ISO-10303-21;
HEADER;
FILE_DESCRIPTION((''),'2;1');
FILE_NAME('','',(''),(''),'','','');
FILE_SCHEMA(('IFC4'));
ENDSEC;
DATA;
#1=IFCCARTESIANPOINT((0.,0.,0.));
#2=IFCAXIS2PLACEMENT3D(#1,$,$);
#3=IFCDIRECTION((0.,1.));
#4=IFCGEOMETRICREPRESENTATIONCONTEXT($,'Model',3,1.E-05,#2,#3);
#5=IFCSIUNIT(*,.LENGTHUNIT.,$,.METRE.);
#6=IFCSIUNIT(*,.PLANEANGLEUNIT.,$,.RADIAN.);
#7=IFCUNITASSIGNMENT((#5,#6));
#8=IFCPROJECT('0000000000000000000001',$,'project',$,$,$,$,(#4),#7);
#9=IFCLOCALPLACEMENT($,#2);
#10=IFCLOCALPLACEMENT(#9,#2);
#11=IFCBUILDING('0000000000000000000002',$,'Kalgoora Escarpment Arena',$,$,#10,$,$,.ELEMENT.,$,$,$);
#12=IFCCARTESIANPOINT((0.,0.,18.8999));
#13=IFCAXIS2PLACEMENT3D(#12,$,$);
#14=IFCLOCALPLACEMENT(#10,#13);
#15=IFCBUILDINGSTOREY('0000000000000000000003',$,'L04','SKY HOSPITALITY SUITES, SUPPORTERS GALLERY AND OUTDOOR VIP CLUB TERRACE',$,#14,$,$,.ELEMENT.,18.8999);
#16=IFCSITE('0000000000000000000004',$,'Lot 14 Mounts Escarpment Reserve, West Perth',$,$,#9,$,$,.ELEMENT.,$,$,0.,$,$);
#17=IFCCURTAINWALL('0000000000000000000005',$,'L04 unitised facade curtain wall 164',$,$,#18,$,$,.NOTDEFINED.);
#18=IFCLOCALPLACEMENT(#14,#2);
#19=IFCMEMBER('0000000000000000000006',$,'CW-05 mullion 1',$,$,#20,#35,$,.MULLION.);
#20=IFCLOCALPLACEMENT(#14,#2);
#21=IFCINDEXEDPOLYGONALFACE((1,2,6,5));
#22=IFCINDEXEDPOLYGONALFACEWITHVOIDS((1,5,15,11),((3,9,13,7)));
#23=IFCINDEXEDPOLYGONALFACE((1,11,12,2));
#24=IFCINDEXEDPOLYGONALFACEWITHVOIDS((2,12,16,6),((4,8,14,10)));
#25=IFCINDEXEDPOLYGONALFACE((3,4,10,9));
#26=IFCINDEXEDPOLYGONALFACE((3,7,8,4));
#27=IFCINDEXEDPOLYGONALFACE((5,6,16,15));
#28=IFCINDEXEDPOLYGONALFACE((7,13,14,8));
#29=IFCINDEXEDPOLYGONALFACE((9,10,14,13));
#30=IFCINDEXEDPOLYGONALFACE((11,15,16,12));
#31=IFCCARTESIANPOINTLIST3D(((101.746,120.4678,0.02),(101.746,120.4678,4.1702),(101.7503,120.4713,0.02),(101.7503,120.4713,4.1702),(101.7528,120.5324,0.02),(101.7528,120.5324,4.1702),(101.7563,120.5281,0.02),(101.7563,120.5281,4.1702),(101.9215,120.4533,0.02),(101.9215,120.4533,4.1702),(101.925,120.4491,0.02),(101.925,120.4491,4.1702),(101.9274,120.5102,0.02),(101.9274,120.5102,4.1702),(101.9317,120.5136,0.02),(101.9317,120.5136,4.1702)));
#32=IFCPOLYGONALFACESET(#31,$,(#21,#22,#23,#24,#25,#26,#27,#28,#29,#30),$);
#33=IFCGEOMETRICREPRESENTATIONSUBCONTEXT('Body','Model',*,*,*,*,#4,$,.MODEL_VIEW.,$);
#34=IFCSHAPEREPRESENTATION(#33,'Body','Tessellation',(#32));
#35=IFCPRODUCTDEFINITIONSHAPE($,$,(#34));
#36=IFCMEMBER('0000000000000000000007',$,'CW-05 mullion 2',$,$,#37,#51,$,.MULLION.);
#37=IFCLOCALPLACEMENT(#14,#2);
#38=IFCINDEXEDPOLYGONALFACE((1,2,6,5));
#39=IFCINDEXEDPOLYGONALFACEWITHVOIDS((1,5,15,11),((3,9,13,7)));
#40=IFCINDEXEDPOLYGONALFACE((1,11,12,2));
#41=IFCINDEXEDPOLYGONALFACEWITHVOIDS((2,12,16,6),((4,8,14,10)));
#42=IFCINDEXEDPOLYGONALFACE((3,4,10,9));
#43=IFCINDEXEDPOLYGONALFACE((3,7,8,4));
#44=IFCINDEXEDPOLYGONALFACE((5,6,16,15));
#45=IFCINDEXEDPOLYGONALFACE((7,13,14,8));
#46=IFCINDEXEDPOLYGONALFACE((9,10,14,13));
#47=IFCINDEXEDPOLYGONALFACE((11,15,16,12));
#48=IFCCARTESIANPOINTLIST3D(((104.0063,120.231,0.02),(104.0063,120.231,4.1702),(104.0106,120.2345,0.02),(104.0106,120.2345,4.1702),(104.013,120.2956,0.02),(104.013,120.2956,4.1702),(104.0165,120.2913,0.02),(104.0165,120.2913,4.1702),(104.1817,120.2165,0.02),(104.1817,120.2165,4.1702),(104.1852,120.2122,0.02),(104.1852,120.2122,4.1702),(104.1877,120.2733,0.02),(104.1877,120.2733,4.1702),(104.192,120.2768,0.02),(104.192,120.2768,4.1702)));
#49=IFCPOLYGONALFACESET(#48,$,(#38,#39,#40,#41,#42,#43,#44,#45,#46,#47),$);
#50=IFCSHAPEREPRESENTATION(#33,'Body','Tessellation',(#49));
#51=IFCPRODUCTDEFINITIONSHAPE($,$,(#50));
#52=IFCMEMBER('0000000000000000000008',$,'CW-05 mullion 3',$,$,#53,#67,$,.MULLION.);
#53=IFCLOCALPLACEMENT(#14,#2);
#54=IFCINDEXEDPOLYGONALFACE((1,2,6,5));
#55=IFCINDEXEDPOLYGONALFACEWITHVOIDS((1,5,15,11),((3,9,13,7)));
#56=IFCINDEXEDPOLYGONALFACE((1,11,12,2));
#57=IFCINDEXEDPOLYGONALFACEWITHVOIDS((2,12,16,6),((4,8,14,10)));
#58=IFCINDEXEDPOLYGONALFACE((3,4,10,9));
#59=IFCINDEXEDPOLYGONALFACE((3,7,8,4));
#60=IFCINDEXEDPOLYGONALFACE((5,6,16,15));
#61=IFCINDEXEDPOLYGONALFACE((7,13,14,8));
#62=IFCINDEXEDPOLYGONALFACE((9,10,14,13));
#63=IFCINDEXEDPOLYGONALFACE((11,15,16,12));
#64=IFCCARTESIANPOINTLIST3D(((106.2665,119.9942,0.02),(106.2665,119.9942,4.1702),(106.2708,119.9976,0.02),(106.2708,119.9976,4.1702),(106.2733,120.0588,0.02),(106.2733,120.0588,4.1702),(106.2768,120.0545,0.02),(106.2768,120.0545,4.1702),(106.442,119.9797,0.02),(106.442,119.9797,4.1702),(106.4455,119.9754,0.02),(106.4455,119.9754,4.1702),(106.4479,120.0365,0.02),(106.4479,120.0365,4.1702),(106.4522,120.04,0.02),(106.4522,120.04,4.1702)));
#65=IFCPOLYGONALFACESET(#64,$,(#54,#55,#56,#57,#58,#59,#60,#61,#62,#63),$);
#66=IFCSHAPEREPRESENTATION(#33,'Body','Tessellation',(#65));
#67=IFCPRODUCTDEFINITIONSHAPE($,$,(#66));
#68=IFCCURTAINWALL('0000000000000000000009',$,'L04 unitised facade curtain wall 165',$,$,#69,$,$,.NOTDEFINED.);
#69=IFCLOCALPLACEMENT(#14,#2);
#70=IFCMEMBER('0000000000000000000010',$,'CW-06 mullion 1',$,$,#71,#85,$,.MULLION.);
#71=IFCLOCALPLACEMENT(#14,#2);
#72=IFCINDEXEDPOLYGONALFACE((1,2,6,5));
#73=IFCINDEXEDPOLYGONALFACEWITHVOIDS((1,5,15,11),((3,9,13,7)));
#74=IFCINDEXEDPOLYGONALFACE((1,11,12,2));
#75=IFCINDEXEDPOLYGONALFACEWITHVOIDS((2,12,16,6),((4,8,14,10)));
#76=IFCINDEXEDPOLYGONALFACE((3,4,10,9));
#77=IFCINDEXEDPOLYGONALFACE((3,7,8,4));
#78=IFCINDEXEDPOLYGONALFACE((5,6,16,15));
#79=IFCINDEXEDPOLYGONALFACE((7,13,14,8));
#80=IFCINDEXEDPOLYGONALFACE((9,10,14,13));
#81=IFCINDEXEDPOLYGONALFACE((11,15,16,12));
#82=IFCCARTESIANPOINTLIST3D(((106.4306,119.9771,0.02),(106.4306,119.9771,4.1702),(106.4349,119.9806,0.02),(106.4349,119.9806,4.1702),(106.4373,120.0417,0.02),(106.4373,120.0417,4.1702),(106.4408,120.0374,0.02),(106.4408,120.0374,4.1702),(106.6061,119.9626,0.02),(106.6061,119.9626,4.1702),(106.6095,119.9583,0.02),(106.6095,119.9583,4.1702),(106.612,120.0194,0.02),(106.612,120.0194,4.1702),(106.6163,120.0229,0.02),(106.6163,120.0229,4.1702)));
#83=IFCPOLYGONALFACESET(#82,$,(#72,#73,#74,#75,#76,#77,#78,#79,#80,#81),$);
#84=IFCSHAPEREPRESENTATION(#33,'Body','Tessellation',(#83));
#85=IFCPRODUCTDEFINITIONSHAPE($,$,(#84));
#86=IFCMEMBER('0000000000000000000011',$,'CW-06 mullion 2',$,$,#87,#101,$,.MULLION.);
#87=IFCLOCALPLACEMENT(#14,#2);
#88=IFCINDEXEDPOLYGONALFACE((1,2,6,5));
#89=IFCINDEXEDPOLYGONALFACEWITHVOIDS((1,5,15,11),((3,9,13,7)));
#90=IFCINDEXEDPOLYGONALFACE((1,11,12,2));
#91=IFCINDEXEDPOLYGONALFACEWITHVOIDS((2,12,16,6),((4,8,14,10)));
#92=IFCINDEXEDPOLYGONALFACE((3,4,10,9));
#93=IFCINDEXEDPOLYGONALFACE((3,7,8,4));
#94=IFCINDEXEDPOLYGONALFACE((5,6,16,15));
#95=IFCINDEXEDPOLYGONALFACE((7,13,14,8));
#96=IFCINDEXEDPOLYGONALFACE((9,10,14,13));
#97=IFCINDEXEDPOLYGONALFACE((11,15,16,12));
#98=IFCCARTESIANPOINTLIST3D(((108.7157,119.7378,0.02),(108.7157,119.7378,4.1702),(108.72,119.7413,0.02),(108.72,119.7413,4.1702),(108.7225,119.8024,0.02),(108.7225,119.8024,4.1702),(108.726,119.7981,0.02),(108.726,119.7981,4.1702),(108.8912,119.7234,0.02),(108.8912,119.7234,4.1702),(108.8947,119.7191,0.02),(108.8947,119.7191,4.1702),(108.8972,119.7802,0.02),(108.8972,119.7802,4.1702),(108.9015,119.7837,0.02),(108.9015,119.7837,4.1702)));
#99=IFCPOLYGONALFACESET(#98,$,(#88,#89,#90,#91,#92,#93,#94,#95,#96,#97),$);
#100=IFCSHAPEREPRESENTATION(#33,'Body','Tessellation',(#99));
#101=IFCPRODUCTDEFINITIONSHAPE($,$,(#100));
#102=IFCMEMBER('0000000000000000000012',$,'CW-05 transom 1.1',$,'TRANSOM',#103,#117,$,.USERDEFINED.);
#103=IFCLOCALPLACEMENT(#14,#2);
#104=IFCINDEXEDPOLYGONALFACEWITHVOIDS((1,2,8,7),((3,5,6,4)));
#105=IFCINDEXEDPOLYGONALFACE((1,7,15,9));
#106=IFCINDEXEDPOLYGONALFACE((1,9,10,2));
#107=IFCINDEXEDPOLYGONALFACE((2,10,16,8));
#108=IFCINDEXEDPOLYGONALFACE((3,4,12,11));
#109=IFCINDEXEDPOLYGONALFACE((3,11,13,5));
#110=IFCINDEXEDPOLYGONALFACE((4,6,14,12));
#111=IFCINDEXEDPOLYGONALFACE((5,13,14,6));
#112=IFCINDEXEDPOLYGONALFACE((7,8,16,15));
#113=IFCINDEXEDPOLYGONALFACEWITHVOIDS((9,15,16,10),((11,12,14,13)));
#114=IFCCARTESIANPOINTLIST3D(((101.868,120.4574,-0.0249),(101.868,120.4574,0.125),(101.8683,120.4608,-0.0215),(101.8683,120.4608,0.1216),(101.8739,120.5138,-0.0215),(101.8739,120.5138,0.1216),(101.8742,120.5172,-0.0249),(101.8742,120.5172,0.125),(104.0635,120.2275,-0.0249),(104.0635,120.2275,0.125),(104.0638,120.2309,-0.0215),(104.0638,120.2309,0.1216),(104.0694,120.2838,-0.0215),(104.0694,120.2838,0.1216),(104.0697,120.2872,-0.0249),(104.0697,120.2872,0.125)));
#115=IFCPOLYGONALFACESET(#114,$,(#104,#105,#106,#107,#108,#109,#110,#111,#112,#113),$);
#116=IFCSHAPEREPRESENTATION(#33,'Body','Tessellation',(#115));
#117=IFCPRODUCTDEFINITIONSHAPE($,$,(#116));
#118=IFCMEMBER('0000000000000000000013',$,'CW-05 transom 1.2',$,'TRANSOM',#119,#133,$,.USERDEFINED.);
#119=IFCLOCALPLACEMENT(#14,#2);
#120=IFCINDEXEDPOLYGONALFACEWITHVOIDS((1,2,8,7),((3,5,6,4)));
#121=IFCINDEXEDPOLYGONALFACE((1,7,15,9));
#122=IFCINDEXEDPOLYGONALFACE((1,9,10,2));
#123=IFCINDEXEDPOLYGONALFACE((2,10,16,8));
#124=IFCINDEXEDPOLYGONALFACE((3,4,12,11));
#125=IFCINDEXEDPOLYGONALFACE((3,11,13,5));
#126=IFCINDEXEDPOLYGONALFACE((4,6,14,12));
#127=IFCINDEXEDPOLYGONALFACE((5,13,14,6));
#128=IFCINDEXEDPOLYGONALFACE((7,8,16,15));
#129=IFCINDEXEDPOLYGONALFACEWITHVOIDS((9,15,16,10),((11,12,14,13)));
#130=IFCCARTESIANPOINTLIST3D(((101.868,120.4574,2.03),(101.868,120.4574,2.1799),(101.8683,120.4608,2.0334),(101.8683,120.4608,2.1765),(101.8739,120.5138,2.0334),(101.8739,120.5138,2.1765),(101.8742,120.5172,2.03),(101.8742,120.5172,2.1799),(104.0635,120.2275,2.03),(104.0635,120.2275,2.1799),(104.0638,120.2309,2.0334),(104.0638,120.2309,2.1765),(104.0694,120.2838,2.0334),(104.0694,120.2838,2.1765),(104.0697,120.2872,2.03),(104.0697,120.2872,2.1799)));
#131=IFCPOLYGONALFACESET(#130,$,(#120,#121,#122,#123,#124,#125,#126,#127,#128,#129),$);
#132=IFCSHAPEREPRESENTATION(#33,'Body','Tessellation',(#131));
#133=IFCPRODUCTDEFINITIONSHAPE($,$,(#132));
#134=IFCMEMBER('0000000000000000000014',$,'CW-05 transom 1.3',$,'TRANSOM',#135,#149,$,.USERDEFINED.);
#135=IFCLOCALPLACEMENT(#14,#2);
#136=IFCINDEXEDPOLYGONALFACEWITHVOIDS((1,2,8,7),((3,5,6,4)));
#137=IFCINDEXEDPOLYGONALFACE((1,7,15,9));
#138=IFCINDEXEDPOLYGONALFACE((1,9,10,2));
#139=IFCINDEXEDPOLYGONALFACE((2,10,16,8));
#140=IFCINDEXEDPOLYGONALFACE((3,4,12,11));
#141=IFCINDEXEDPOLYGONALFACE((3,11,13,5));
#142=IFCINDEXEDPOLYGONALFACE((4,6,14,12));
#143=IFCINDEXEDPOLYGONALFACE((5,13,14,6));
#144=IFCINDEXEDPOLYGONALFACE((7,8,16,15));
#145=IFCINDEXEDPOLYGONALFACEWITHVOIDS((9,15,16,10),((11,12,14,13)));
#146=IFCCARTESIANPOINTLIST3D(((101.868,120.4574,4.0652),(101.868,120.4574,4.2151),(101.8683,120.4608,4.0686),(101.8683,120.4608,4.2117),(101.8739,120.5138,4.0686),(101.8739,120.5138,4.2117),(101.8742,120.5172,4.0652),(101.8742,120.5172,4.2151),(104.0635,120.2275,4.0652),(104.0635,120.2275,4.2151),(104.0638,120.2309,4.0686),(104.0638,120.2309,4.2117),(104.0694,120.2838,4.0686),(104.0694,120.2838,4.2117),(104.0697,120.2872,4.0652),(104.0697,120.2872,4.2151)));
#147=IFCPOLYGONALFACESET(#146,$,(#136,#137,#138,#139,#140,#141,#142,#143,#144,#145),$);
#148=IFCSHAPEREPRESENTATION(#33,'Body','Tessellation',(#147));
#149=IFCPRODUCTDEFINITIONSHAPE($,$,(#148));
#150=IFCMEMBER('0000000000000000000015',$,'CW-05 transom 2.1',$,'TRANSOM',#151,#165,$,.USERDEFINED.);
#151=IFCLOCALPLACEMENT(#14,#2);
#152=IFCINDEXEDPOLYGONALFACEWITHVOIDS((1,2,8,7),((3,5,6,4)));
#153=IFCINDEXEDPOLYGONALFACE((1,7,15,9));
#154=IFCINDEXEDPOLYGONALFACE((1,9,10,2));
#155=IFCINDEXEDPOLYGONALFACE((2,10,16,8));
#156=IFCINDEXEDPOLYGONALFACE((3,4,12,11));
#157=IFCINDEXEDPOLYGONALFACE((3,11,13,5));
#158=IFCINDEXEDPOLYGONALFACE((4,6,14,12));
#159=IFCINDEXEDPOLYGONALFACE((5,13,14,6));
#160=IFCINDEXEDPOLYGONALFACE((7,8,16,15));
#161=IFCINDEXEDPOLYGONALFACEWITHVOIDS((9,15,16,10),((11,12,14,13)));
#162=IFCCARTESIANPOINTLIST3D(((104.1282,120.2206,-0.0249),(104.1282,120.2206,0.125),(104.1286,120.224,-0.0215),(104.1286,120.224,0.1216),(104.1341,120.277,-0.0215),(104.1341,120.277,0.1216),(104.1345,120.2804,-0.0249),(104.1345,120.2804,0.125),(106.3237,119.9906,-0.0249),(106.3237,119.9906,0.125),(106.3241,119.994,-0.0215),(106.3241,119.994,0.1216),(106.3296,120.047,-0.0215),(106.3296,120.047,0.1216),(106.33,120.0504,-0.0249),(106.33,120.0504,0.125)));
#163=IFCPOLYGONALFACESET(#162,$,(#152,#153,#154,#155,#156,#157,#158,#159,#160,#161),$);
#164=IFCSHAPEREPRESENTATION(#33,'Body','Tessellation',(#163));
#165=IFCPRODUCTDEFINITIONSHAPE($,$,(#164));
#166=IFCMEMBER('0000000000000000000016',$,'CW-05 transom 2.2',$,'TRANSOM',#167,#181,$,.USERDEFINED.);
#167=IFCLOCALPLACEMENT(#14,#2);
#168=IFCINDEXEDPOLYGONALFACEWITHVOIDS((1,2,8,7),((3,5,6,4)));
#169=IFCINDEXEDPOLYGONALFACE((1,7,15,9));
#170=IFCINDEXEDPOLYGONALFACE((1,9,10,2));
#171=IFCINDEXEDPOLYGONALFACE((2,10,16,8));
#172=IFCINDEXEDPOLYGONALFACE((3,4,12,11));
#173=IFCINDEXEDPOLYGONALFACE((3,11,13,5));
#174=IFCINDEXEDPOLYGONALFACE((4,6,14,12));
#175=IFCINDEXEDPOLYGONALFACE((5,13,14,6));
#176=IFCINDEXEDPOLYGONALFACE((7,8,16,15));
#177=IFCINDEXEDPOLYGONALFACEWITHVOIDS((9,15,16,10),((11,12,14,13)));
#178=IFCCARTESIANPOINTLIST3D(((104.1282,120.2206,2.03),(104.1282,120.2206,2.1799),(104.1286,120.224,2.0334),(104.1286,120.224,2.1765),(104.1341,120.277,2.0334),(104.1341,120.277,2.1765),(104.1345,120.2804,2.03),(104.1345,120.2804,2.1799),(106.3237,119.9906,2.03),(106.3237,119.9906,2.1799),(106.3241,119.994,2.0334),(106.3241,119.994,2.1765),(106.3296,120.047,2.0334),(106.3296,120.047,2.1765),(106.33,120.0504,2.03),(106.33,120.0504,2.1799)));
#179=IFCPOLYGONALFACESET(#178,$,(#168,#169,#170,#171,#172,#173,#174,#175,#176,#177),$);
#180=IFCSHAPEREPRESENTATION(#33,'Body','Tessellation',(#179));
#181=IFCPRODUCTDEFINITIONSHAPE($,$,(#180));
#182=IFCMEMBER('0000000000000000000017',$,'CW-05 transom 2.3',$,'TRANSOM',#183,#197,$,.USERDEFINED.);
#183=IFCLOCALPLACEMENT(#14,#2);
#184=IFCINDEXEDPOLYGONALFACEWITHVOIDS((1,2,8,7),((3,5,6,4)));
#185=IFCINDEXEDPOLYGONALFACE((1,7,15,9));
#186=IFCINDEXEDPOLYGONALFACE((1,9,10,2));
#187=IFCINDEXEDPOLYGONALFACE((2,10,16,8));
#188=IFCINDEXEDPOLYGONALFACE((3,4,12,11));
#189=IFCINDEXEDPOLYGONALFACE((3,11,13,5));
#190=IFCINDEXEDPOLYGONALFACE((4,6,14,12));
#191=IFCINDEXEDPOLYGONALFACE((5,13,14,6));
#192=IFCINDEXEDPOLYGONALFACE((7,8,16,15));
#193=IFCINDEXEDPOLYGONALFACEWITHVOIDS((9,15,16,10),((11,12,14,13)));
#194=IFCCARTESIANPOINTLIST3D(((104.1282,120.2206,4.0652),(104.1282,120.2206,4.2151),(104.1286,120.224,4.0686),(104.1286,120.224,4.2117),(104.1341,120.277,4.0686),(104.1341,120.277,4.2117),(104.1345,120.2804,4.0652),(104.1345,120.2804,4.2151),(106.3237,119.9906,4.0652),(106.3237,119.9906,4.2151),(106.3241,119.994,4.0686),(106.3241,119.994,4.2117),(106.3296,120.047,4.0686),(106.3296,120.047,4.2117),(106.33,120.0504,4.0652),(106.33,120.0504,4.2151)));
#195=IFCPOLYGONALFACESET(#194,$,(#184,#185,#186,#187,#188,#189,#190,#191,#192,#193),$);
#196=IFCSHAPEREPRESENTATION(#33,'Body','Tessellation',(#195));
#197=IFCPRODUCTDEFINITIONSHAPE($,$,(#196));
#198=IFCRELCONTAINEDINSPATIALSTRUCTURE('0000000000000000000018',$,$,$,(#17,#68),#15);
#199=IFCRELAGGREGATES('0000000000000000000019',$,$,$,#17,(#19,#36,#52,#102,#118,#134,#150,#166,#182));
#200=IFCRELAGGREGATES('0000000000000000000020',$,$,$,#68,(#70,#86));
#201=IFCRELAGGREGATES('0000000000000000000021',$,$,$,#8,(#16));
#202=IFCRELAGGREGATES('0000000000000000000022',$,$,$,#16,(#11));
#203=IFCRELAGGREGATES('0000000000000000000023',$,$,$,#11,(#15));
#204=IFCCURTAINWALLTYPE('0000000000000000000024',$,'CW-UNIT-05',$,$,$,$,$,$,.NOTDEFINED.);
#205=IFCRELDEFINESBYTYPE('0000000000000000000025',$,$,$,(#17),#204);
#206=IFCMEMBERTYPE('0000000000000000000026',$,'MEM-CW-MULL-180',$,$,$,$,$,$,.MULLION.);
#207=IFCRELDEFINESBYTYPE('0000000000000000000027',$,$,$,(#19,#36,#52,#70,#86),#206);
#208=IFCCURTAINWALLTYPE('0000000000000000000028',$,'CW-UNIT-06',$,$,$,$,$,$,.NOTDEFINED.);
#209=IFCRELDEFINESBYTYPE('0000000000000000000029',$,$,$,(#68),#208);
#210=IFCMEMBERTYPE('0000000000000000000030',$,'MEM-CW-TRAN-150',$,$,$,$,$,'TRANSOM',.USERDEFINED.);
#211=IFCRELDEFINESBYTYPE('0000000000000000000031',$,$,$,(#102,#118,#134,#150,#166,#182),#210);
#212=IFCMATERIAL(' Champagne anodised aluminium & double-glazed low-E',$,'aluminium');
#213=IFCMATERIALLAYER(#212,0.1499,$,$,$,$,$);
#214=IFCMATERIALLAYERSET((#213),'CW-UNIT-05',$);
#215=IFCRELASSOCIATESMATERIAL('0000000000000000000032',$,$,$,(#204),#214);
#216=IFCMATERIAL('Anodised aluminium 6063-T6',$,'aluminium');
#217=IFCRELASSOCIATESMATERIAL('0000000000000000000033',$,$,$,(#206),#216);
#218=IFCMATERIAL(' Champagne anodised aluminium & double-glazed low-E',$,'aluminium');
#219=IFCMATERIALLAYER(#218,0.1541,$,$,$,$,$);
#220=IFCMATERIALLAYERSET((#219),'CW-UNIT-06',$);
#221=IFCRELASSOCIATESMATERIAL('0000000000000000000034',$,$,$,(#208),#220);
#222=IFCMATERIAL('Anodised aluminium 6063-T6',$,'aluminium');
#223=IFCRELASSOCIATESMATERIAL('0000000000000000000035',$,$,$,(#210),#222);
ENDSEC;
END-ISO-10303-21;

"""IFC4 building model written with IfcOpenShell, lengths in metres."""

from ifc_helpers import new_model, si_unit, direction, frame, origin, origin_2d, place, context, subcontext, project, spatial, hollow_rectangle, extrude, material, layer, layer_set, material_profile, profile_set, type_object, element, aggregate, save


model = new_model("IFC4")

# Units and contexts
model_context = context("Model", 3, precision=1e-05, world=origin(), true_north=direction((0.0, 1.0)))
body_context = subcontext(model_context, "Body", "Model", "MODEL_VIEW")
ifc_project = project(units=[si_unit("LENGTHUNIT", "METRE"), si_unit("PLANEANGLEUNIT", "RADIAN")], contexts=[model_context])

# Site, building, storey
site_placement = place(None, origin())
site = spatial("IfcSite", under=ifc_project, at=site_placement, Name="Lot 14 Mounts Escarpment Reserve, West Perth", CompositionType="ELEMENT", RefElevation=0.0)
building_placement = place(site_placement, origin())
building = spatial("IfcBuilding", under=site, at=building_placement, Name="Kalgoora Escarpment Arena", CompositionType="ELEMENT")
storey_placement = place(building_placement, frame((0.0, 0.0, 18.8999)))
storey = spatial("IfcBuildingStorey", under=building, at=storey_placement, Name="L04", Description="SKY HOSPITALITY SUITES, SUPPORTERS GALLERY AND OUTDOOR VIP CLUB TERRACE", CompositionType="ELEMENT", Elevation=18.8999)

# Curtain walls, members
ifc_material_1 = material(Name=" Champagne anodised aluminium & double-glazed low-E", Category="aluminium")
ifc_layer_1 = layer(ifc_material_1, 0.1499)
ifc_layer_set_1 = layer_set([ifc_layer_1], Name="CW-UNIT-05")
curtain_wall_type_1 = type_object("IfcCurtainWallType", Name="CW-UNIT-05", PredefinedType="NOTDEFINED", material=ifc_layer_set_1)
curtain_wall_1_placement = place(storey_placement, origin())
curtain_wall_1 = element("IfcCurtainWall", 1, at=curtain_wall_1_placement, inside=storey, type_object=curtain_wall_type_1, Name="L04 unitised facade curtain wall 164", PredefinedType="NOTDEFINED")
ifc_material_2 = material(Name="Anodised aluminium 6063-T6", Category="aluminium")
ifc_material_profile_1 = material_profile(ifc_material_2, hollow_rectangle(XDim=0.0649, YDim=0.1799, WallThickness=0.0039, at=origin_2d()))
ifc_profile_set_1 = profile_set([ifc_material_profile_1], Name="Anodised aluminium 6063-T6")
member_type_1 = type_object("IfcMemberType", Name="MEM-CW-MULL-180", PredefinedType="MULLION", material=ifc_profile_set_1)
member_1_placement = place(storey_placement, frame((101.8389, 120.4907, 0.02), z_axis=(0.0, 0.0, 1.0), x_axis=(0.104182, 0.994558, 0.0)))
member_1 = element("IfcMember", 2, at=member_1_placement, type_object=member_type_1, Name="CW-05 mullion 1", PredefinedType="MULLION", context=body_context, shape_type="SweptSolid", body=[
    extrude(hollow_rectangle(XDim=0.0649, YDim=0.1799, WallThickness=0.0039, at=origin_2d()), origin(), (0.0, 0.0, 1.0), 4.1501),
])
member_2_placement = place(storey_placement, frame((104.0991, 120.2539, 0.02), z_axis=(0.0, 0.0, 1.0), x_axis=(0.104182, 0.994558, 0.0)))
member_2 = element("IfcMember", 3, at=member_2_placement, type_object=member_type_1, Name="CW-05 mullion 2", PredefinedType="MULLION", context=body_context, shape_type="SweptSolid", body=[
    extrude(hollow_rectangle(XDim=0.0649, YDim=0.1799, WallThickness=0.0039, at=origin_2d()), origin(), (0.0, 0.0, 1.0), 4.1501),
])
member_3_placement = place(storey_placement, frame((106.3594, 120.0171, 0.02), z_axis=(0.0, 0.0, 1.0), x_axis=(0.104182, 0.994558, 0.0)))
member_3 = element("IfcMember", 4, at=member_3_placement, type_object=member_type_1, Name="CW-05 mullion 3", PredefinedType="MULLION", context=body_context, shape_type="SweptSolid", body=[
    extrude(hollow_rectangle(XDim=0.0649, YDim=0.1799, WallThickness=0.0039, at=origin_2d()), origin(), (0.0, 0.0, 1.0), 4.1501),
])
ifc_material_3 = material(Name=" Champagne anodised aluminium & double-glazed low-E", Category="aluminium")
ifc_layer_2 = layer(ifc_material_3, 0.1541)
ifc_layer_set_2 = layer_set([ifc_layer_2], Name="CW-UNIT-06")
curtain_wall_type_2 = type_object("IfcCurtainWallType", Name="CW-UNIT-06", PredefinedType="NOTDEFINED", material=ifc_layer_set_2)
curtain_wall_2_placement = place(storey_placement, origin())
curtain_wall_2 = element("IfcCurtainWall", 5, at=curtain_wall_2_placement, inside=storey, type_object=curtain_wall_type_2, Name="L04 unitised facade curtain wall 165", PredefinedType="NOTDEFINED")
member_4_placement = place(storey_placement, frame((106.5234, 120.0, 0.02), z_axis=(0.0, 0.0, 1.0), x_axis=(0.104158, 0.994561, 0.0)))
member_4 = element("IfcMember", 6, at=member_4_placement, type_object=member_type_1, Name="CW-06 mullion 1", PredefinedType="MULLION", context=body_context, shape_type="SweptSolid", body=[
    extrude(hollow_rectangle(XDim=0.0649, YDim=0.1799, WallThickness=0.0039, at=origin_2d()), origin(), (0.0, 0.0, 1.0), 4.1501),
])
member_5_placement = place(storey_placement, frame((108.8086, 119.7607, 0.02), z_axis=(0.0, 0.0, 1.0), x_axis=(0.104158, 0.994561, 0.0)))
member_5 = element("IfcMember", 7, at=member_5_placement, type_object=member_type_1, Name="CW-06 mullion 2", PredefinedType="MULLION", context=body_context, shape_type="SweptSolid", body=[
    extrude(hollow_rectangle(XDim=0.0649, YDim=0.1799, WallThickness=0.0039, at=origin_2d()), origin(), (0.0, 0.0, 1.0), 4.1501),
])

# Members
ifc_material_4 = material(Name="Anodised aluminium 6063-T6", Category="aluminium")
ifc_material_profile_2 = material_profile(ifc_material_4, hollow_rectangle(XDim=0.0601, YDim=0.1499, WallThickness=0.0034, at=origin_2d()))
ifc_profile_set_2 = profile_set([ifc_material_profile_2], Name="Anodised aluminium 6063-T6")
member_type_2 = type_object("IfcMemberType", Name="MEM-CW-TRAN-150", ElementType="TRANSOM", PredefinedType="USERDEFINED", material=ifc_profile_set_2)
member_6_placement = place(storey_placement, frame((101.8711, 120.4873, 0.05), z_axis=(0.994559, -0.104178, 0.0), x_axis=(0.104178, 0.994559, 0.0)))
member_6 = element("IfcMember", 8, at=member_6_placement, type_object=member_type_2, Name="CW-05 transom 1.1", ObjectType="TRANSOM", PredefinedType="USERDEFINED", context=body_context, shape_type="SweptSolid", body=[
    extrude(hollow_rectangle(XDim=0.0601, YDim=0.1499, WallThickness=0.0034, at=origin_2d()), origin(), (0.0, 0.0, 1.0), 2.2075),
])
member_7_placement = place(storey_placement, frame((101.8711, 120.4873, 2.105), z_axis=(0.994559, -0.104178, 0.0), x_axis=(0.104178, 0.994559, 0.0)))
member_7 = element("IfcMember", 9, at=member_7_placement, type_object=member_type_2, Name="CW-05 transom 1.2", ObjectType="TRANSOM", PredefinedType="USERDEFINED", context=body_context, shape_type="SweptSolid", body=[
    extrude(hollow_rectangle(XDim=0.0601, YDim=0.1499, WallThickness=0.0034, at=origin_2d()), origin(), (0.0, 0.0, 1.0), 2.2075),
])
member_8_placement = place(storey_placement, frame((101.8711, 120.4873, 4.1401), z_axis=(0.994559, -0.104178, 0.0), x_axis=(0.104178, 0.994559, 0.0)))
member_8 = element("IfcMember", 10, at=member_8_placement, type_object=member_type_2, Name="CW-05 transom 1.3", ObjectType="TRANSOM", PredefinedType="USERDEFINED", context=body_context, shape_type="SweptSolid", body=[
    extrude(hollow_rectangle(XDim=0.0601, YDim=0.1499, WallThickness=0.0034, at=origin_2d()), origin(), (0.0, 0.0, 1.0), 2.2075),
])
member_9_placement = place(storey_placement, frame((104.1313, 120.2505, 0.05), z_axis=(0.994559, -0.104178, 0.0), x_axis=(0.104178, 0.994559, 0.0)))
member_9 = element("IfcMember", 11, at=member_9_placement, type_object=member_type_2, Name="CW-05 transom 2.1", ObjectType="TRANSOM", PredefinedType="USERDEFINED", context=body_context, shape_type="SweptSolid", body=[
    extrude(hollow_rectangle(XDim=0.0601, YDim=0.1499, WallThickness=0.0034, at=origin_2d()), origin(), (0.0, 0.0, 1.0), 2.2075),
])
member_10_placement = place(storey_placement, frame((104.1313, 120.2505, 2.105), z_axis=(0.994559, -0.104178, 0.0), x_axis=(0.104178, 0.994559, 0.0)))
member_10 = element("IfcMember", 12, at=member_10_placement, type_object=member_type_2, Name="CW-05 transom 2.2", ObjectType="TRANSOM", PredefinedType="USERDEFINED", context=body_context, shape_type="SweptSolid", body=[
    extrude(hollow_rectangle(XDim=0.0601, YDim=0.1499, WallThickness=0.0034, at=origin_2d()), origin(), (0.0, 0.0, 1.0), 2.2075),
])
member_11_placement = place(storey_placement, frame((104.1313, 120.2505, 4.1401), z_axis=(0.994559, -0.104178, 0.0), x_axis=(0.104178, 0.994559, 0.0)))
member_11 = element("IfcMember", 13, at=member_11_placement, type_object=member_type_2, Name="CW-05 transom 2.3", ObjectType="TRANSOM", PredefinedType="USERDEFINED", context=body_context, shape_type="SweptSolid", body=[
    extrude(hollow_rectangle(XDim=0.0601, YDim=0.1499, WallThickness=0.0034, at=origin_2d()), origin(), (0.0, 0.0, 1.0), 2.2075),
])

aggregate(curtain_wall_1, [member_1, member_2, member_3, member_6, member_7, member_8, member_9, member_10, member_11])
aggregate(curtain_wall_2, [member_4, member_5])

save(model, "model.ifc")
